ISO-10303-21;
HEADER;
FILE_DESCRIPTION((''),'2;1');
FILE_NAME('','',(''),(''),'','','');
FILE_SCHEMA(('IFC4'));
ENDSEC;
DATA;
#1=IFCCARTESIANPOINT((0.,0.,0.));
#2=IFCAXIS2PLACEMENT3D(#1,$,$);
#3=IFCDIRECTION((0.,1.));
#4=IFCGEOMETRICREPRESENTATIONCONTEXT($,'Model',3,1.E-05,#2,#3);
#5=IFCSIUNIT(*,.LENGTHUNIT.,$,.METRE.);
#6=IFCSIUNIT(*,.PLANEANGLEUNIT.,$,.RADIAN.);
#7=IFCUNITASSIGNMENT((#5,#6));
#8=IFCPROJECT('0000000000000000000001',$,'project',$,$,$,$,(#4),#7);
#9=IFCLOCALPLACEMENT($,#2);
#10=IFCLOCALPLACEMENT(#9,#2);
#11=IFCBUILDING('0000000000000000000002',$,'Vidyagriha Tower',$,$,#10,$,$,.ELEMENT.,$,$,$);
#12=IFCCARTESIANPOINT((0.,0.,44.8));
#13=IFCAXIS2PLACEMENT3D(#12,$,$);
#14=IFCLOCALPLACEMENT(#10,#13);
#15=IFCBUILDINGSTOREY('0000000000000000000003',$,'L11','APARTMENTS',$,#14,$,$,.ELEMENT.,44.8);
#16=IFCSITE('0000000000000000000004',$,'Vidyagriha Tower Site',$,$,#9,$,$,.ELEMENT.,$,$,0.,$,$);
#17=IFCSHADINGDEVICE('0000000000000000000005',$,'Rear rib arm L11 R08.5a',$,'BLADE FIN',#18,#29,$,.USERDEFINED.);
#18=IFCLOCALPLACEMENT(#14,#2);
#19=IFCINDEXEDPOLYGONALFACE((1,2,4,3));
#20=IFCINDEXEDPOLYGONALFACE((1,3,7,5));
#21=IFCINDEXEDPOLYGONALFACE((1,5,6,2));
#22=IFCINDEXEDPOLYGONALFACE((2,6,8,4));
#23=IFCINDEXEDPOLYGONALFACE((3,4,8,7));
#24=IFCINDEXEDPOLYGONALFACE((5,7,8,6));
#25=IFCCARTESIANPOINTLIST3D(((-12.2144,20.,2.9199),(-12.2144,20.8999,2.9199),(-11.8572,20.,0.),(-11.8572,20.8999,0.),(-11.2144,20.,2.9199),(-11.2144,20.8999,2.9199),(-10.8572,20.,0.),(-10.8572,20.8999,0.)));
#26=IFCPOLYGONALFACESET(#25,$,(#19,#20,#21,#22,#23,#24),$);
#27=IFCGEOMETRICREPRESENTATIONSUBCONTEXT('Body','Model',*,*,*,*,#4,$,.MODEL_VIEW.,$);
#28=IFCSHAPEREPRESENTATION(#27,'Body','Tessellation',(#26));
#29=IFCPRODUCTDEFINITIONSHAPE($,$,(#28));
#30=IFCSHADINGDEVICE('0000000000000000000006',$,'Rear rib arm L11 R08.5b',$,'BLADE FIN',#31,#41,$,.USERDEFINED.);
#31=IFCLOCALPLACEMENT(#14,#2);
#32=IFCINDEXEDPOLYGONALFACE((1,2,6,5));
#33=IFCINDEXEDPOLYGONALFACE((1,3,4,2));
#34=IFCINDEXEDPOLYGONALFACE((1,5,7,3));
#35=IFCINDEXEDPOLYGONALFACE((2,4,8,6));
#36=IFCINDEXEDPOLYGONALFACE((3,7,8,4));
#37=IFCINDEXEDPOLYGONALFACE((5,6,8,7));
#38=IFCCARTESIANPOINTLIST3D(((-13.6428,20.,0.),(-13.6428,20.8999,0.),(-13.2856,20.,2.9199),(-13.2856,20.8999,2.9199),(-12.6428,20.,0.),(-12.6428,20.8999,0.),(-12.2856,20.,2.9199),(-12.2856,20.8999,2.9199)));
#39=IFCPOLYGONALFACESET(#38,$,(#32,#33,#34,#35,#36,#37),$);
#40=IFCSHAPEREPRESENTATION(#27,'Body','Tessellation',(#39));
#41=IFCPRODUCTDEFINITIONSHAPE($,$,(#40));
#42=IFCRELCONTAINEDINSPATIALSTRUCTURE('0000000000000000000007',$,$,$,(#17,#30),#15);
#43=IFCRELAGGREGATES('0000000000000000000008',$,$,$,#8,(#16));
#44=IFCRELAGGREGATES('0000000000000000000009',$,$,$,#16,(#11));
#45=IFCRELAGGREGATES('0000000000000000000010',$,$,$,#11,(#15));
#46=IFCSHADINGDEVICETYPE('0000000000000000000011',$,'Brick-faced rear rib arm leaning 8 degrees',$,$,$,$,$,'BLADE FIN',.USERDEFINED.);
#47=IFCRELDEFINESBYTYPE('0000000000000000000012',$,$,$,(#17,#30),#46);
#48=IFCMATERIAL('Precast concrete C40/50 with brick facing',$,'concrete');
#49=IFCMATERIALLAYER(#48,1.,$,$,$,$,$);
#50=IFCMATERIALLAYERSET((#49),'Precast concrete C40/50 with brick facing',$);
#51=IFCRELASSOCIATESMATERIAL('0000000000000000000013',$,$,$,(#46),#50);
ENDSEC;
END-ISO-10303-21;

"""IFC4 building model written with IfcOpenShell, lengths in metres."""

from ifc_helpers import new_model, si_unit, direction, frame, origin, place, context, subcontext, project, spatial, polyline, outline, extrude, material, layer, layer_set, type_object, element, save


model = new_model("IFC4")

# Units and contexts
model_context = context("Model", 3, precision=1e-05, world=origin(), true_north=direction((0.0, 1.0)))
body_context = subcontext(model_context, "Body", "Model", "MODEL_VIEW")
ifc_project = project(units=[si_unit("LENGTHUNIT", "METRE"), si_unit("PLANEANGLEUNIT", "RADIAN")], contexts=[model_context])

# Site, building, storey
site_placement = place(None, origin())
site = spatial("IfcSite", under=ifc_project, at=site_placement, Name="Vidyagriha Tower Site", CompositionType="ELEMENT", RefElevation=0.0)
building_placement = place(site_placement, origin())
building = spatial("IfcBuilding", under=site, at=building_placement, Name="Vidyagriha Tower", CompositionType="ELEMENT")
storey_placement = place(building_placement, frame((0.0, 0.0, 44.8)))
storey = spatial("IfcBuildingStorey", under=building, at=storey_placement, Name="L11", Description="APARTMENTS", CompositionType="ELEMENT", Elevation=44.8)

# Shading devices
ifc_material_1 = material(Name="Precast concrete C40/50 with brick facing", Category="concrete")
ifc_layer_1 = layer(ifc_material_1, 1.0)
ifc_layer_set_1 = layer_set([ifc_layer_1], Name="Precast concrete C40/50 with brick facing")
shading_device_type = type_object("IfcShadingDeviceType", Name="Brick-faced rear rib arm leaning 8 degrees", ElementType="BLADE FIN", PredefinedType="USERDEFINED", material=ifc_layer_set_1)
shading_device_1_placement = place(storey_placement, frame((-10.8572, 20.45, 0.0), z_axis=(0.0, 0.0, 1.0), x_axis=(-1.0, 0.0, 0.0)))
element("IfcShadingDevice", 1, at=shading_device_1_placement, inside=storey, type_object=shading_device_type, Name="Rear rib arm L11 R08.5a", ObjectType="BLADE FIN", PredefinedType="USERDEFINED", context=body_context, shape_type="SweptSolid", body=[
    extrude(outline(polyline([(0.0, 0.0), (1.0, 0.0), (1.3572, 2.9199), (0.3572, 2.9199), (0.0, 0.0)])), frame((0.0, 0.45, 0.0), z_axis=(0.0, -1.0, 0.0), x_axis=(1.0, 0.0, 0.0)), (0.0, 0.0, 1.0), 0.8999),
])
shading_device_2_placement = place(storey_placement, frame((-12.2856, 20.45, 0.0), z_axis=(0.0, 0.0, 1.0), x_axis=(-1.0, 0.0, 0.0)))
element("IfcShadingDevice", 2, at=shading_device_2_placement, inside=storey, type_object=shading_device_type, Name="Rear rib arm L11 R08.5b", ObjectType="BLADE FIN", PredefinedType="USERDEFINED", context=body_context, shape_type="SweptSolid", body=[
    extrude(outline(polyline([(0.3572, 0.0), (1.3572, 0.0), (1.0, 2.9199), (0.0, 2.9199), (0.3572, 0.0)])), frame((0.0, 0.45, 0.0), z_axis=(0.0, -1.0, 0.0), x_axis=(1.0, 0.0, 0.0)), (0.0, 0.0, 1.0), 0.8999),
])

save(model, "model.ifc")
